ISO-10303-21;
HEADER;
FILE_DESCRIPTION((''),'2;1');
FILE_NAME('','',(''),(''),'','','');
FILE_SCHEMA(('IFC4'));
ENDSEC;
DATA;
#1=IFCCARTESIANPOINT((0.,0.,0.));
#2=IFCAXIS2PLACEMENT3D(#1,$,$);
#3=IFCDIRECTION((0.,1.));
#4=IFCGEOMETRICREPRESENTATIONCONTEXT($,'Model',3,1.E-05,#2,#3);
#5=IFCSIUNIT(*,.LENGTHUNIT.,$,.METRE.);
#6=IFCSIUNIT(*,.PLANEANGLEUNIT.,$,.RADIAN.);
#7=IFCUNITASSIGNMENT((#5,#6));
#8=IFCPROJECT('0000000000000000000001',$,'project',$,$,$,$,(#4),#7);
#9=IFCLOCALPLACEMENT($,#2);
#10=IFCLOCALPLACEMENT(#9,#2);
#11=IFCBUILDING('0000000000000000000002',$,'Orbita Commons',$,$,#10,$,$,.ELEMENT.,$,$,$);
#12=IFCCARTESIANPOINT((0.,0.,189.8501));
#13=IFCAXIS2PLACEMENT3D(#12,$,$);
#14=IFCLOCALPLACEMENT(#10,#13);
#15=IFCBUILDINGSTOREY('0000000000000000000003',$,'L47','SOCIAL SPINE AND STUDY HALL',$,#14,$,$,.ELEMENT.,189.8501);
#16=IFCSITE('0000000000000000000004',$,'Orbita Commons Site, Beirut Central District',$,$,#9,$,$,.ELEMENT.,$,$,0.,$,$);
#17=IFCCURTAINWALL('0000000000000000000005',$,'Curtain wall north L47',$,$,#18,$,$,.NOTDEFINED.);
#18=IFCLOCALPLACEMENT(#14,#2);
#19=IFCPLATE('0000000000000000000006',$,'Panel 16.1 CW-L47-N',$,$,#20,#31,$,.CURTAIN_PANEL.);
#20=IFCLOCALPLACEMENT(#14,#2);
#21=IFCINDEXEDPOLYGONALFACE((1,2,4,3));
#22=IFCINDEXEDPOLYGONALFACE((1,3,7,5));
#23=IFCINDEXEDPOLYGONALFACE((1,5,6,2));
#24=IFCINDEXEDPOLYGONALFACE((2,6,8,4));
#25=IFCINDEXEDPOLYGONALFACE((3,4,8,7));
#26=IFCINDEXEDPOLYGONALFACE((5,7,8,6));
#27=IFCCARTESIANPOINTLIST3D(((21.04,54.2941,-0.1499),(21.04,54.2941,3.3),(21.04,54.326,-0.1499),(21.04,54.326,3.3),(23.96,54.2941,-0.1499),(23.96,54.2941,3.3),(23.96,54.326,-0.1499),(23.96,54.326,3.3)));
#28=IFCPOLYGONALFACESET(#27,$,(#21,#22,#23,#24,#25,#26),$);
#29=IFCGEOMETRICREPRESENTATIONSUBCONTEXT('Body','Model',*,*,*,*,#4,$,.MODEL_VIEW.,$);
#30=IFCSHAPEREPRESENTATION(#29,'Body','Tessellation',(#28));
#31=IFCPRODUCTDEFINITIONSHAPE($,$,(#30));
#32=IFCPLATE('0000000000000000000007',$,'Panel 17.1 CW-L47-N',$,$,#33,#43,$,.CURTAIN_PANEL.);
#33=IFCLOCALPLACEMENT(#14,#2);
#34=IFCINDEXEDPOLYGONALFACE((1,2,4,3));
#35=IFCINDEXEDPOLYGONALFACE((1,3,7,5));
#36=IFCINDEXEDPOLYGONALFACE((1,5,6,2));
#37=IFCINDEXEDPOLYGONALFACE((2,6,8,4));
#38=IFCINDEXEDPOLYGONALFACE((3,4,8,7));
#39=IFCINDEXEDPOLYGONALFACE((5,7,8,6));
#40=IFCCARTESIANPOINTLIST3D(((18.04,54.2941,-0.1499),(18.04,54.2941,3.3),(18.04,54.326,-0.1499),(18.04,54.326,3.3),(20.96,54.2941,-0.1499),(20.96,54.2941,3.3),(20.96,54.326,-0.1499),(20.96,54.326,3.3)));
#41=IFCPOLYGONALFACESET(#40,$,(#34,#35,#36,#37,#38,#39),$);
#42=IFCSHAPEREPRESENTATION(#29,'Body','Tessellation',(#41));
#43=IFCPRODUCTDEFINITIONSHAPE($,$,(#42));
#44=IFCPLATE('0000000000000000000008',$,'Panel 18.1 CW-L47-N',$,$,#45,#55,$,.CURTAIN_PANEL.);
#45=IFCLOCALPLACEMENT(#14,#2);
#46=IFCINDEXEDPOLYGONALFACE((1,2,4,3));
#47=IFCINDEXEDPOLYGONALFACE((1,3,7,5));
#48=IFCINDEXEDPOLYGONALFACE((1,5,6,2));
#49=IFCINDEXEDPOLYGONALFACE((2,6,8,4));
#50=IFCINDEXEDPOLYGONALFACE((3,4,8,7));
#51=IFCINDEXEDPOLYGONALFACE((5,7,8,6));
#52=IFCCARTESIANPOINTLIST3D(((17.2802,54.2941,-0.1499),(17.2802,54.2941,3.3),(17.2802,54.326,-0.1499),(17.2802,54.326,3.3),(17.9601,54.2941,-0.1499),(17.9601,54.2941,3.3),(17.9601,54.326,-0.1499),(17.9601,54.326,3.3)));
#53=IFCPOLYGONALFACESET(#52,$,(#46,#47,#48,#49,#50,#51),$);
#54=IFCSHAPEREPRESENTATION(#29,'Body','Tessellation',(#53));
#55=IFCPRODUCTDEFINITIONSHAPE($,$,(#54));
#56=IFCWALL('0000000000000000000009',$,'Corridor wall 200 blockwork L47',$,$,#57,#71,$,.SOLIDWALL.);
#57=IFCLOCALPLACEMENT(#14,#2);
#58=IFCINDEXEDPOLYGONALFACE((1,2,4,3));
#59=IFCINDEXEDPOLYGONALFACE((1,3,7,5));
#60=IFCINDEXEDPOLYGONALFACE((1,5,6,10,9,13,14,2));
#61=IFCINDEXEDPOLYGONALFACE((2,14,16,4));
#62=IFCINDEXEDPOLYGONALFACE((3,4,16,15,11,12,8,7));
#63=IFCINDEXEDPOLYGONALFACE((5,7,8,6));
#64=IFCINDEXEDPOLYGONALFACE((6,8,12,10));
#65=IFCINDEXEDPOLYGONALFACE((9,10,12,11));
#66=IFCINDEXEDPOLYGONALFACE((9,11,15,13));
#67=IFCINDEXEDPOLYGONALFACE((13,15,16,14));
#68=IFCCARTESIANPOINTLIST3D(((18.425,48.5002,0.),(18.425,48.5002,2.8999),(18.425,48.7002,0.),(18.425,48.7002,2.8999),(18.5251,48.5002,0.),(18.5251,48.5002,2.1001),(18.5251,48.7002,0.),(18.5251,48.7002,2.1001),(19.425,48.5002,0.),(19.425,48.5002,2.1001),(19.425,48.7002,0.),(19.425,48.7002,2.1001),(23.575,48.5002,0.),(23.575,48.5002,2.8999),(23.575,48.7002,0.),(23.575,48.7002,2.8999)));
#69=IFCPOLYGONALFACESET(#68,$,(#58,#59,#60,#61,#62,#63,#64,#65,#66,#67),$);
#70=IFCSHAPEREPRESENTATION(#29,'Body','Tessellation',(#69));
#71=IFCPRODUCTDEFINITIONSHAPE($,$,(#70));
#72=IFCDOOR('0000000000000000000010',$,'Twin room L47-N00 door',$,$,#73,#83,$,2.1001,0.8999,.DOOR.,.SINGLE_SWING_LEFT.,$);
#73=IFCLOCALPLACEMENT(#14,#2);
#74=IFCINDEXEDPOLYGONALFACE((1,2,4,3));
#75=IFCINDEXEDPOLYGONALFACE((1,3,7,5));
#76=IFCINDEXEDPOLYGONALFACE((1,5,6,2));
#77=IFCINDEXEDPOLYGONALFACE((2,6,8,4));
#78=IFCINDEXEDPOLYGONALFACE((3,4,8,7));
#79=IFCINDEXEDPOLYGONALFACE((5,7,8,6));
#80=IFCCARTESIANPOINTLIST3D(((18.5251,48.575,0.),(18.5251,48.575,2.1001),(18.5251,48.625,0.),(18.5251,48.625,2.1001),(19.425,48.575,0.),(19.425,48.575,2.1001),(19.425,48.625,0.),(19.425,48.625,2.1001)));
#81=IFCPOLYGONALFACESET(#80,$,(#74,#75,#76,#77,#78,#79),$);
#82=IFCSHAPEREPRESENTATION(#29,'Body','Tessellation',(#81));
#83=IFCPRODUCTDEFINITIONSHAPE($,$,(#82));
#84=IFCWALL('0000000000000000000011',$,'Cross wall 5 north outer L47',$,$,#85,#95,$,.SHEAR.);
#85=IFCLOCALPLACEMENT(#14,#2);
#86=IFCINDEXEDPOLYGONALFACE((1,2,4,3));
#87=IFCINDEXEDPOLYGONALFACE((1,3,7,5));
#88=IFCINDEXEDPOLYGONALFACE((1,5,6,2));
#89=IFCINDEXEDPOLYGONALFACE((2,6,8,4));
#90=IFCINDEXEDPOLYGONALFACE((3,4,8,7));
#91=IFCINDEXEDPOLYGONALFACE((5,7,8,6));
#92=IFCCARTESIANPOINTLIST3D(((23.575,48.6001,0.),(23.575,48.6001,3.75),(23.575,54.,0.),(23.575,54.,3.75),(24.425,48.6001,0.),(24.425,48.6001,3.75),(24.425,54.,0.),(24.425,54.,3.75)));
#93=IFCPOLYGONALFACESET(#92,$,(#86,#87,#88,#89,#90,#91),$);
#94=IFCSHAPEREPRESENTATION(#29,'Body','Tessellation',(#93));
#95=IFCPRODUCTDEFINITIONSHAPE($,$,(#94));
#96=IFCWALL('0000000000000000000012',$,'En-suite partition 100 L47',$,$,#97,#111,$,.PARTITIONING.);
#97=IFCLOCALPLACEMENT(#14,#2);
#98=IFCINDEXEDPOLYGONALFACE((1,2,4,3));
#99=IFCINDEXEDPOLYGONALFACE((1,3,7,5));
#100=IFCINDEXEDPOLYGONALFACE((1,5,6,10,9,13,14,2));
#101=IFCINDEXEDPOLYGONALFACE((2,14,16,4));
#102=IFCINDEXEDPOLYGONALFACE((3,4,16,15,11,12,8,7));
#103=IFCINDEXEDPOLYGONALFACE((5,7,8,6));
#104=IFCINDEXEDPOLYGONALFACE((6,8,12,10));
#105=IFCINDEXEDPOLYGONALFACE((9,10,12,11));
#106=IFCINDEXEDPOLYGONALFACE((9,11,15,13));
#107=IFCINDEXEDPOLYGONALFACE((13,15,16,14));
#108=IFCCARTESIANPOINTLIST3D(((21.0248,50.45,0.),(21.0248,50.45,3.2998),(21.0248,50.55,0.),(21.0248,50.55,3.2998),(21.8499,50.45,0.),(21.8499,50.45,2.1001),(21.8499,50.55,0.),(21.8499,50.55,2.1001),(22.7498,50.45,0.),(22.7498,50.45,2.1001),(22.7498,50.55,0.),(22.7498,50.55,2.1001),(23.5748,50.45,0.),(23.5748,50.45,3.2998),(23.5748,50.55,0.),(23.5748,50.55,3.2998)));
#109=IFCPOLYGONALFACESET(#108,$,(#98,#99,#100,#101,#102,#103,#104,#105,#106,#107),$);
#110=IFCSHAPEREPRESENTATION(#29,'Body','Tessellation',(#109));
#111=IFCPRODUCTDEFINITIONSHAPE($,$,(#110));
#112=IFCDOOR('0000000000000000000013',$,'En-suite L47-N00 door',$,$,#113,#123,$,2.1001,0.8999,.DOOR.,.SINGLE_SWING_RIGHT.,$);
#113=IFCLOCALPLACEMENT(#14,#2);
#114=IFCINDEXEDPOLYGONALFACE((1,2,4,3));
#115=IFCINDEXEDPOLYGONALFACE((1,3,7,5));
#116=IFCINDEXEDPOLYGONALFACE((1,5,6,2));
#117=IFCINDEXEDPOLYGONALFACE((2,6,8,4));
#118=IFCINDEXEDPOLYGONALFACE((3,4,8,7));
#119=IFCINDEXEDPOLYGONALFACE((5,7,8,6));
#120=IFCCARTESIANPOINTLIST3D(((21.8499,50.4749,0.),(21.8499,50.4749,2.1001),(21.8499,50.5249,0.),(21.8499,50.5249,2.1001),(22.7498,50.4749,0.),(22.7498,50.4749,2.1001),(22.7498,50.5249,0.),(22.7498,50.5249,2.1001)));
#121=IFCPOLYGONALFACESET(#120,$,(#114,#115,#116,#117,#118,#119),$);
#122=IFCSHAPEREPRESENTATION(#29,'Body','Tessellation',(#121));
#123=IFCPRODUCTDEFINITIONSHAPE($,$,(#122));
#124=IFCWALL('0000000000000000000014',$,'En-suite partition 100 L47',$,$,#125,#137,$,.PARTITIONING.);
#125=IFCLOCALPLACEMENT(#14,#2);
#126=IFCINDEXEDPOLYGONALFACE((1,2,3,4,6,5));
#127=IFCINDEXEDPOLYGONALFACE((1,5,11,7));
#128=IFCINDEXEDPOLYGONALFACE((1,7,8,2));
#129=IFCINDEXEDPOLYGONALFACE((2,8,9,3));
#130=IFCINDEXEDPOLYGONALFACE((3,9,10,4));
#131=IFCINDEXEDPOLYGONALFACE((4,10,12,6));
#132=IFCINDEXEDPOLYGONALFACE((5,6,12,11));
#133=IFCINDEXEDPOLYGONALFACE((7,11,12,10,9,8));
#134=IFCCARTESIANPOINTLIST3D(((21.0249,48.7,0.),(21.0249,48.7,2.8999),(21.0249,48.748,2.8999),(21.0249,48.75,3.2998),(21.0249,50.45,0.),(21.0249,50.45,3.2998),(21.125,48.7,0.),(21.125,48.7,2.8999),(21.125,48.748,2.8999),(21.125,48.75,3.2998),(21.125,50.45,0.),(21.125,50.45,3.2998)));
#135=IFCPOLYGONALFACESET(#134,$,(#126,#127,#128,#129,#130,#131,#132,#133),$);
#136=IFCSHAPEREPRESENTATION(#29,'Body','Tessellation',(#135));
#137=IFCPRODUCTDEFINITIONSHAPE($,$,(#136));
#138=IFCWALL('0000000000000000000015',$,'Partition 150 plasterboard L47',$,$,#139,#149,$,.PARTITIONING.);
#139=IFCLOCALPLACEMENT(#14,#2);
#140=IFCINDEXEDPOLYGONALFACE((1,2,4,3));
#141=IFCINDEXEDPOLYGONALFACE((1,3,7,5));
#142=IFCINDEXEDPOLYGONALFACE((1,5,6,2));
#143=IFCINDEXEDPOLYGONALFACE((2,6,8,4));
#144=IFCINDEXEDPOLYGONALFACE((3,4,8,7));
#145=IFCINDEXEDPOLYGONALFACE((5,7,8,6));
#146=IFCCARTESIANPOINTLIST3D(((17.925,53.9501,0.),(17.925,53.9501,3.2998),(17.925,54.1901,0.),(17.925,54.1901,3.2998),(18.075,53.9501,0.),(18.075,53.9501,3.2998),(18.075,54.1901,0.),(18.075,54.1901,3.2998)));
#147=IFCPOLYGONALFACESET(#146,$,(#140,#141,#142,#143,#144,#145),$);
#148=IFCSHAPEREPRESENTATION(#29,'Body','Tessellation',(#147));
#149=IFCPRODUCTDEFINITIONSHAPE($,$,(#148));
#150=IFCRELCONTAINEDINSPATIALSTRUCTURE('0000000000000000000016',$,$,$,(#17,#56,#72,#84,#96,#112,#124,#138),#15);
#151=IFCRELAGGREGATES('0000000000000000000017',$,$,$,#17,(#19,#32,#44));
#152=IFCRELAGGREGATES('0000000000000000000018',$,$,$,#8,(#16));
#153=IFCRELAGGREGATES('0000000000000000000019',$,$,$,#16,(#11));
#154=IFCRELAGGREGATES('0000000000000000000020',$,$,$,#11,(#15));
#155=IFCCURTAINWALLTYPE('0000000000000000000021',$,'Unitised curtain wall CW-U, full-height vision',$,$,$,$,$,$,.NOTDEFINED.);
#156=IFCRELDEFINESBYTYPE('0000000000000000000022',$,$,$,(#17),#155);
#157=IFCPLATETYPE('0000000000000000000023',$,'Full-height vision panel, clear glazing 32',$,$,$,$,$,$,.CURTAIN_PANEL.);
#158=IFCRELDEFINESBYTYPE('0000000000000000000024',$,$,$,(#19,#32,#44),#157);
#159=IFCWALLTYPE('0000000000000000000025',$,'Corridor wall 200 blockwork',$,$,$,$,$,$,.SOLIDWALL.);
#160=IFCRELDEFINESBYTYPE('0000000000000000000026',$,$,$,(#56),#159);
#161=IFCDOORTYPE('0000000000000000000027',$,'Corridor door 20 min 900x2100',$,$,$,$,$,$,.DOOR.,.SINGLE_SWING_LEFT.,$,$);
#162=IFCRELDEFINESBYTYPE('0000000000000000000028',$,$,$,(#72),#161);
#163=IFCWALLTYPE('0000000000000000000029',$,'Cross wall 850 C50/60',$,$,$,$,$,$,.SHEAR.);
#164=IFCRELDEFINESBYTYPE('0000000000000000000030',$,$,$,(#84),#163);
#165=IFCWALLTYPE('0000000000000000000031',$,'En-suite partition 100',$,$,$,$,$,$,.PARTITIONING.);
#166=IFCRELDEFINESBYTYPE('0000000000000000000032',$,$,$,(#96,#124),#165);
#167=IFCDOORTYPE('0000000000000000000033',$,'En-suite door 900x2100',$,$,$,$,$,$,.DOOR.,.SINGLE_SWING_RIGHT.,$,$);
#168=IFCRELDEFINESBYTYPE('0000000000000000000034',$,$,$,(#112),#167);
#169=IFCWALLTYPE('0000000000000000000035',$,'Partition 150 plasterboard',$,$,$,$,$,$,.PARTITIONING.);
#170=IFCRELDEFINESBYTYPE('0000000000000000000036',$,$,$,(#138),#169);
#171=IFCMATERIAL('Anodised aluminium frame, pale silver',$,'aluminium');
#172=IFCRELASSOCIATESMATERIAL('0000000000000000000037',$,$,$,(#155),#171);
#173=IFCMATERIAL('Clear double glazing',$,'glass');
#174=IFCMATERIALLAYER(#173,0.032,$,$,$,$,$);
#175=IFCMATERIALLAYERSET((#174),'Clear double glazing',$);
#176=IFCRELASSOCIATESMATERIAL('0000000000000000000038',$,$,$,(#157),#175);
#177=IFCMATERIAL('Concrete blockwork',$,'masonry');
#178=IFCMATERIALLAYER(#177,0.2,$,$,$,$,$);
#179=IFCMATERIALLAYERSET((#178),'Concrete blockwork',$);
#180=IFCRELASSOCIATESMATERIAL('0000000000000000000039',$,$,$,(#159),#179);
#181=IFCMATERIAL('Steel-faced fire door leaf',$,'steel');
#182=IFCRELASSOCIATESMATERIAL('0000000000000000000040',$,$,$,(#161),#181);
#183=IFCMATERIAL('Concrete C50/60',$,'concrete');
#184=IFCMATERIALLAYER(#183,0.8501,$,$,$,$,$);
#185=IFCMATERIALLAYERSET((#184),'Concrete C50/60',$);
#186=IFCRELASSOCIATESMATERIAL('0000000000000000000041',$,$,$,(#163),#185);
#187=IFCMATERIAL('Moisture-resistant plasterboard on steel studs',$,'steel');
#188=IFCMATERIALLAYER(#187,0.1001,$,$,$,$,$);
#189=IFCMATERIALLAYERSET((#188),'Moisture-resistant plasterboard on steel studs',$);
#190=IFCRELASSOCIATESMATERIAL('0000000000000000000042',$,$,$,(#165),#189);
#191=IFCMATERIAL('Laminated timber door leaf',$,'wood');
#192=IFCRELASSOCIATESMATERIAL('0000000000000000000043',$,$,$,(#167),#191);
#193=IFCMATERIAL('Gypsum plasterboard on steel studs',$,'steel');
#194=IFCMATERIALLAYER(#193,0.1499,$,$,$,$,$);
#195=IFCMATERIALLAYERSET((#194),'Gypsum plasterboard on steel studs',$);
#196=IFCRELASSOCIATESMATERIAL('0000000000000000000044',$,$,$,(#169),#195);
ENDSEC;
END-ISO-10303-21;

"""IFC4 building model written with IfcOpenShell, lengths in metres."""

from ifc_helpers import new_model, si_unit, direction, frame, frame_2d, origin, origin_2d, place, context, subcontext, project, spatial, polyline, rectangle, outline, extrude, material, layer, layer_set, type_object, element, fill, aggregate, save


model = new_model("IFC4")

# Units and contexts
model_context = context("Model", 3, precision=1e-05, world=origin(), true_north=direction((0.0, 1.0)))
body_context = subcontext(model_context, "Body", "Model", "MODEL_VIEW")
ifc_project = project(units=[si_unit("LENGTHUNIT", "METRE"), si_unit("PLANEANGLEUNIT", "RADIAN")], contexts=[model_context])

# Site, building, storey
site_placement = place(None, origin())
site = spatial("IfcSite", under=ifc_project, at=site_placement, Name="Orbita Commons Site, Beirut Central District", CompositionType="ELEMENT", RefElevation=0.0)
building_placement = place(site_placement, origin())
building = spatial("IfcBuilding", under=site, at=building_placement, Name="Orbita Commons", CompositionType="ELEMENT")
storey_placement = place(building_placement, frame((0.0, 0.0, 189.8501)))
storey = spatial("IfcBuildingStorey", under=building, at=storey_placement, Name="L47", Description="SOCIAL SPINE AND STUDY HALL", CompositionType="ELEMENT", Elevation=189.8501)

# Curtain wall
ifc_material_1 = material(Name="Anodised aluminium frame, pale silver", Category="aluminium")
curtain_wall_type = type_object("IfcCurtainWallType", Name="Unitised curtain wall CW-U, full-height vision", PredefinedType="NOTDEFINED", material=ifc_material_1)
curtain_wall_placement = place(storey_placement, origin())
curtain_wall = element("IfcCurtainWall", 1, at=curtain_wall_placement, inside=storey, type_object=curtain_wall_type, Name="Curtain wall north L47", PredefinedType="NOTDEFINED")

# Plates
ifc_material_2 = material(Name="Clear double glazing", Category="glass")
ifc_layer_1 = layer(ifc_material_2, 0.032)
ifc_layer_set_1 = layer_set([ifc_layer_1], Name="Clear double glazing")
plate_type = type_object("IfcPlateType", Name="Full-height vision panel, clear glazing 32", PredefinedType="CURTAIN_PANEL", material=ifc_layer_set_1)
plate_1_placement = place(storey_placement, frame((22.5, 54.3101, -0.1499), z_axis=(0.0, 0.0, 1.0), x_axis=(-1.0, 0.0, 0.0)))
plate_1 = element("IfcPlate", 2, at=plate_1_placement, type_object=plate_type, Name="Panel 16.1 CW-L47-N", PredefinedType="CURTAIN_PANEL", context=body_context, shape_type="SweptSolid", body=[
    extrude(rectangle(XDim=2.9199, YDim=0.032, at=origin_2d()), origin(), (0.0, 0.0, 1.0), 3.45),
])
plate_2_placement = place(storey_placement, frame((19.5, 54.3101, -0.1499), z_axis=(0.0, 0.0, 1.0), x_axis=(-1.0, 0.0, 0.0)))
plate_2 = element("IfcPlate", 3, at=plate_2_placement, type_object=plate_type, Name="Panel 17.1 CW-L47-N", PredefinedType="CURTAIN_PANEL", context=body_context, shape_type="SweptSolid", body=[
    extrude(rectangle(XDim=2.9199, YDim=0.032, at=origin_2d()), origin(), (0.0, 0.0, 1.0), 3.45),
])
plate_3_placement = place(storey_placement, frame((17.6201, 54.3101, -0.1499), z_axis=(0.0, 0.0, 1.0), x_axis=(-1.0, 0.0, 0.0)))
plate_3 = element("IfcPlate", 4, at=plate_3_placement, type_object=plate_type, Name="Panel 18.1 CW-L47-N", PredefinedType="CURTAIN_PANEL", context=body_context, shape_type="SweptSolid", body=[
    extrude(rectangle(XDim=0.6799, YDim=0.032, at=origin_2d()), origin(), (0.0, 0.0, 1.0), 3.45),
])
aggregate(curtain_wall, [plate_1, plate_2, plate_3])

# Wall, opening, door
ifc_material_3 = material(Name="Concrete blockwork", Category="masonry")
ifc_layer_2 = layer(ifc_material_3, 0.2)
ifc_layer_set_2 = layer_set([ifc_layer_2], Name="Concrete blockwork")
wall_type_1 = type_object("IfcWallType", Name="Corridor wall 200 blockwork", PredefinedType="SOLIDWALL", material=ifc_layer_set_2)
wall_1_placement = place(storey_placement, frame((18.425, 48.6001, 0.0), z_axis=(0.0, 0.0, 1.0), x_axis=(1.0, 0.0, 0.0)))
wall_1 = element("IfcWall", 5, at=wall_1_placement, inside=storey, type_object=wall_type_1, Name="Corridor wall 200 blockwork L47", PredefinedType="SOLIDWALL", context=body_context, shape_type="SweptSolid", body=[
    extrude(outline(polyline([(0.0, 0.0), (5.1499, 0.0), (5.1499, 2.8999), (0.0, 2.8999), (0.0, 0.0)])), frame((0.0, 0.1001, 0.0), z_axis=(0.0, -1.0, 0.0), x_axis=(1.0, 0.0, 0.0)), (0.0, 0.0, 1.0), 0.2),
])
opening_1_placement = place(wall_1_placement, frame((0.1001, 0.0, 0.0)))
opening_1 = element("IfcOpeningElement", 6, at=opening_1_placement, cuts=wall_1, PredefinedType="OPENING", context=body_context, shape_type="SweptSolid", body=[
    extrude(rectangle(XDim=0.8999, YDim=2.1001, at=frame_2d((0.45, 1.05))), frame((0.0, 0.1099, 0.0), z_axis=(0.0, -1.0, 0.0), x_axis=(1.0, 0.0, 0.0)), (0.0, 0.0, 1.0), 0.22),
])
ifc_material_4 = material(Name="Steel-faced fire door leaf", Category="steel")
door_type_1 = type_object("IfcDoorType", Name="Corridor door 20 min 900x2100", OperationType="SINGLE_SWING_LEFT", PredefinedType="DOOR", material=ifc_material_4)
door_1_placement = place(opening_1_placement, origin())
door_1 = element("IfcDoor", 7, at=door_1_placement, inside=storey, type_object=door_type_1, Name="Twin room L47-N00 door", OperationType="SINGLE_SWING_LEFT", OverallHeight=2.1001, OverallWidth=0.8999, PredefinedType="DOOR", context=body_context, shape_type="SweptSolid", body=[
    extrude(rectangle(XDim=0.8999, YDim=2.1001, at=frame_2d((0.45, 1.05))), frame((0.0, 0.0249, 0.0), z_axis=(0.0, -1.0, 0.0), x_axis=(1.0, 0.0, 0.0)), (0.0, 0.0, 1.0), 0.05),
])
fill(opening_1, door_1)

# Wall
ifc_material_5 = material(Name="Concrete C50/60", Category="concrete")
ifc_layer_3 = layer(ifc_material_5, 0.8501)
ifc_layer_set_3 = layer_set([ifc_layer_3], Name="Concrete C50/60")
wall_type_2 = type_object("IfcWallType", Name="Cross wall 850 C50/60", PredefinedType="SHEAR", material=ifc_layer_set_3)
wall_2_placement = place(storey_placement, frame((24.0, 48.6001, 0.0), z_axis=(0.0, 0.0, 1.0), x_axis=(0.0, 1.0, 0.0)))
element("IfcWall", 8, at=wall_2_placement, inside=storey, type_object=wall_type_2, Name="Cross wall 5 north outer L47", PredefinedType="SHEAR", context=body_context, shape_type="SweptSolid", body=[
    extrude(rectangle(XDim=5.3999, YDim=0.8501, at=frame_2d((2.7, 0.0))), origin(), (0.0, 0.0, 1.0), 3.75),
])

# Wall, opening, door
ifc_material_6 = material(Name="Moisture-resistant plasterboard on steel studs", Category="steel")
ifc_layer_4 = layer(ifc_material_6, 0.1001)
ifc_layer_set_4 = layer_set([ifc_layer_4], Name="Moisture-resistant plasterboard on steel studs")
wall_type_3 = type_object("IfcWallType", Name="En-suite partition 100", PredefinedType="PARTITIONING", material=ifc_layer_set_4)
wall_3_placement = place(storey_placement, frame((21.0249, 50.5, 0.0), z_axis=(0.0, 0.0, 1.0), x_axis=(1.0, 0.0, 0.0)))
wall_3 = element("IfcWall", 9, at=wall_3_placement, inside=storey, type_object=wall_type_3, Name="En-suite partition 100 L47", PredefinedType="PARTITIONING", context=body_context, shape_type="SweptSolid", body=[
    extrude(rectangle(XDim=2.55, YDim=0.1001, at=frame_2d((1.2749, 0.0))), origin(), (0.0, 0.0, 1.0), 3.2998),
])
opening_2_placement = place(wall_3_placement, frame((0.825, 0.0, 0.0)))
opening_2 = element("IfcOpeningElement", 10, at=opening_2_placement, cuts=wall_3, PredefinedType="OPENING", context=body_context, shape_type="SweptSolid", body=[
    extrude(rectangle(XDim=0.8999, YDim=2.1001, at=frame_2d((0.45, 1.05))), frame((0.0, 0.0601, 0.0), z_axis=(0.0, -1.0, 0.0), x_axis=(1.0, 0.0, 0.0)), (0.0, 0.0, 1.0), 0.1201),
])
ifc_material_7 = material(Name="Laminated timber door leaf", Category="wood")
door_type_2 = type_object("IfcDoorType", Name="En-suite door 900x2100", OperationType="SINGLE_SWING_RIGHT", PredefinedType="DOOR", material=ifc_material_7)
door_2_placement = place(opening_2_placement, origin())
door_2 = element("IfcDoor", 11, at=door_2_placement, inside=storey, type_object=door_type_2, Name="En-suite L47-N00 door", OperationType="SINGLE_SWING_RIGHT", OverallHeight=2.1001, OverallWidth=0.8999, PredefinedType="DOOR", context=body_context, shape_type="SweptSolid", body=[
    extrude(rectangle(XDim=0.8999, YDim=2.1001, at=frame_2d((0.45, 1.05))), frame((0.0, 0.0249, 0.0), z_axis=(0.0, -1.0, 0.0), x_axis=(1.0, 0.0, 0.0)), (0.0, 0.0, 1.0), 0.05),
])
fill(opening_2, door_2)

# Walls
wall_4_placement = place(storey_placement, frame((21.075, 50.45, 0.0), z_axis=(0.0, 0.0, 1.0), x_axis=(0.0, -1.0, 0.0)))
element("IfcWall", 12, at=wall_4_placement, inside=storey, type_object=wall_type_3, Name="En-suite partition 100 L47", PredefinedType="PARTITIONING", context=body_context, shape_type="SweptSolid", body=[
    extrude(outline(polyline([(0.0, 0.0), (1.75, 0.0), (1.75, 2.8999), (1.7019, 2.8999), (1.7, 3.2998), (0.0, 3.2998), (0.0, 0.0)])), frame((0.0, 0.05, 0.0), z_axis=(0.0, -1.0, 0.0), x_axis=(1.0, 0.0, 0.0)), (0.0, 0.0, 1.0), 0.1001),
])
ifc_material_8 = material(Name="Gypsum plasterboard on steel studs", Category="steel")
ifc_layer_5 = layer(ifc_material_8, 0.1499)
ifc_layer_set_5 = layer_set([ifc_layer_5], Name="Gypsum plasterboard on steel studs")
wall_type_4 = type_object("IfcWallType", Name="Partition 150 plasterboard", PredefinedType="PARTITIONING", material=ifc_layer_set_5)
wall_5_placement = place(storey_placement, frame((18.0, 53.95, 0.0), z_axis=(0.0, 0.0, 1.0), x_axis=(0.0, 1.0, 0.0)))
element("IfcWall", 13, at=wall_5_placement, inside=storey, type_object=wall_type_4, Name="Partition 150 plasterboard L47", PredefinedType="PARTITIONING", context=body_context, shape_type="SweptSolid", body=[
    extrude(rectangle(XDim=0.24, YDim=0.1499, at=frame_2d((0.1201, 0.0))), origin(), (0.0, 0.0, 1.0), 3.2998),
])

save(model, "model.ifc")
